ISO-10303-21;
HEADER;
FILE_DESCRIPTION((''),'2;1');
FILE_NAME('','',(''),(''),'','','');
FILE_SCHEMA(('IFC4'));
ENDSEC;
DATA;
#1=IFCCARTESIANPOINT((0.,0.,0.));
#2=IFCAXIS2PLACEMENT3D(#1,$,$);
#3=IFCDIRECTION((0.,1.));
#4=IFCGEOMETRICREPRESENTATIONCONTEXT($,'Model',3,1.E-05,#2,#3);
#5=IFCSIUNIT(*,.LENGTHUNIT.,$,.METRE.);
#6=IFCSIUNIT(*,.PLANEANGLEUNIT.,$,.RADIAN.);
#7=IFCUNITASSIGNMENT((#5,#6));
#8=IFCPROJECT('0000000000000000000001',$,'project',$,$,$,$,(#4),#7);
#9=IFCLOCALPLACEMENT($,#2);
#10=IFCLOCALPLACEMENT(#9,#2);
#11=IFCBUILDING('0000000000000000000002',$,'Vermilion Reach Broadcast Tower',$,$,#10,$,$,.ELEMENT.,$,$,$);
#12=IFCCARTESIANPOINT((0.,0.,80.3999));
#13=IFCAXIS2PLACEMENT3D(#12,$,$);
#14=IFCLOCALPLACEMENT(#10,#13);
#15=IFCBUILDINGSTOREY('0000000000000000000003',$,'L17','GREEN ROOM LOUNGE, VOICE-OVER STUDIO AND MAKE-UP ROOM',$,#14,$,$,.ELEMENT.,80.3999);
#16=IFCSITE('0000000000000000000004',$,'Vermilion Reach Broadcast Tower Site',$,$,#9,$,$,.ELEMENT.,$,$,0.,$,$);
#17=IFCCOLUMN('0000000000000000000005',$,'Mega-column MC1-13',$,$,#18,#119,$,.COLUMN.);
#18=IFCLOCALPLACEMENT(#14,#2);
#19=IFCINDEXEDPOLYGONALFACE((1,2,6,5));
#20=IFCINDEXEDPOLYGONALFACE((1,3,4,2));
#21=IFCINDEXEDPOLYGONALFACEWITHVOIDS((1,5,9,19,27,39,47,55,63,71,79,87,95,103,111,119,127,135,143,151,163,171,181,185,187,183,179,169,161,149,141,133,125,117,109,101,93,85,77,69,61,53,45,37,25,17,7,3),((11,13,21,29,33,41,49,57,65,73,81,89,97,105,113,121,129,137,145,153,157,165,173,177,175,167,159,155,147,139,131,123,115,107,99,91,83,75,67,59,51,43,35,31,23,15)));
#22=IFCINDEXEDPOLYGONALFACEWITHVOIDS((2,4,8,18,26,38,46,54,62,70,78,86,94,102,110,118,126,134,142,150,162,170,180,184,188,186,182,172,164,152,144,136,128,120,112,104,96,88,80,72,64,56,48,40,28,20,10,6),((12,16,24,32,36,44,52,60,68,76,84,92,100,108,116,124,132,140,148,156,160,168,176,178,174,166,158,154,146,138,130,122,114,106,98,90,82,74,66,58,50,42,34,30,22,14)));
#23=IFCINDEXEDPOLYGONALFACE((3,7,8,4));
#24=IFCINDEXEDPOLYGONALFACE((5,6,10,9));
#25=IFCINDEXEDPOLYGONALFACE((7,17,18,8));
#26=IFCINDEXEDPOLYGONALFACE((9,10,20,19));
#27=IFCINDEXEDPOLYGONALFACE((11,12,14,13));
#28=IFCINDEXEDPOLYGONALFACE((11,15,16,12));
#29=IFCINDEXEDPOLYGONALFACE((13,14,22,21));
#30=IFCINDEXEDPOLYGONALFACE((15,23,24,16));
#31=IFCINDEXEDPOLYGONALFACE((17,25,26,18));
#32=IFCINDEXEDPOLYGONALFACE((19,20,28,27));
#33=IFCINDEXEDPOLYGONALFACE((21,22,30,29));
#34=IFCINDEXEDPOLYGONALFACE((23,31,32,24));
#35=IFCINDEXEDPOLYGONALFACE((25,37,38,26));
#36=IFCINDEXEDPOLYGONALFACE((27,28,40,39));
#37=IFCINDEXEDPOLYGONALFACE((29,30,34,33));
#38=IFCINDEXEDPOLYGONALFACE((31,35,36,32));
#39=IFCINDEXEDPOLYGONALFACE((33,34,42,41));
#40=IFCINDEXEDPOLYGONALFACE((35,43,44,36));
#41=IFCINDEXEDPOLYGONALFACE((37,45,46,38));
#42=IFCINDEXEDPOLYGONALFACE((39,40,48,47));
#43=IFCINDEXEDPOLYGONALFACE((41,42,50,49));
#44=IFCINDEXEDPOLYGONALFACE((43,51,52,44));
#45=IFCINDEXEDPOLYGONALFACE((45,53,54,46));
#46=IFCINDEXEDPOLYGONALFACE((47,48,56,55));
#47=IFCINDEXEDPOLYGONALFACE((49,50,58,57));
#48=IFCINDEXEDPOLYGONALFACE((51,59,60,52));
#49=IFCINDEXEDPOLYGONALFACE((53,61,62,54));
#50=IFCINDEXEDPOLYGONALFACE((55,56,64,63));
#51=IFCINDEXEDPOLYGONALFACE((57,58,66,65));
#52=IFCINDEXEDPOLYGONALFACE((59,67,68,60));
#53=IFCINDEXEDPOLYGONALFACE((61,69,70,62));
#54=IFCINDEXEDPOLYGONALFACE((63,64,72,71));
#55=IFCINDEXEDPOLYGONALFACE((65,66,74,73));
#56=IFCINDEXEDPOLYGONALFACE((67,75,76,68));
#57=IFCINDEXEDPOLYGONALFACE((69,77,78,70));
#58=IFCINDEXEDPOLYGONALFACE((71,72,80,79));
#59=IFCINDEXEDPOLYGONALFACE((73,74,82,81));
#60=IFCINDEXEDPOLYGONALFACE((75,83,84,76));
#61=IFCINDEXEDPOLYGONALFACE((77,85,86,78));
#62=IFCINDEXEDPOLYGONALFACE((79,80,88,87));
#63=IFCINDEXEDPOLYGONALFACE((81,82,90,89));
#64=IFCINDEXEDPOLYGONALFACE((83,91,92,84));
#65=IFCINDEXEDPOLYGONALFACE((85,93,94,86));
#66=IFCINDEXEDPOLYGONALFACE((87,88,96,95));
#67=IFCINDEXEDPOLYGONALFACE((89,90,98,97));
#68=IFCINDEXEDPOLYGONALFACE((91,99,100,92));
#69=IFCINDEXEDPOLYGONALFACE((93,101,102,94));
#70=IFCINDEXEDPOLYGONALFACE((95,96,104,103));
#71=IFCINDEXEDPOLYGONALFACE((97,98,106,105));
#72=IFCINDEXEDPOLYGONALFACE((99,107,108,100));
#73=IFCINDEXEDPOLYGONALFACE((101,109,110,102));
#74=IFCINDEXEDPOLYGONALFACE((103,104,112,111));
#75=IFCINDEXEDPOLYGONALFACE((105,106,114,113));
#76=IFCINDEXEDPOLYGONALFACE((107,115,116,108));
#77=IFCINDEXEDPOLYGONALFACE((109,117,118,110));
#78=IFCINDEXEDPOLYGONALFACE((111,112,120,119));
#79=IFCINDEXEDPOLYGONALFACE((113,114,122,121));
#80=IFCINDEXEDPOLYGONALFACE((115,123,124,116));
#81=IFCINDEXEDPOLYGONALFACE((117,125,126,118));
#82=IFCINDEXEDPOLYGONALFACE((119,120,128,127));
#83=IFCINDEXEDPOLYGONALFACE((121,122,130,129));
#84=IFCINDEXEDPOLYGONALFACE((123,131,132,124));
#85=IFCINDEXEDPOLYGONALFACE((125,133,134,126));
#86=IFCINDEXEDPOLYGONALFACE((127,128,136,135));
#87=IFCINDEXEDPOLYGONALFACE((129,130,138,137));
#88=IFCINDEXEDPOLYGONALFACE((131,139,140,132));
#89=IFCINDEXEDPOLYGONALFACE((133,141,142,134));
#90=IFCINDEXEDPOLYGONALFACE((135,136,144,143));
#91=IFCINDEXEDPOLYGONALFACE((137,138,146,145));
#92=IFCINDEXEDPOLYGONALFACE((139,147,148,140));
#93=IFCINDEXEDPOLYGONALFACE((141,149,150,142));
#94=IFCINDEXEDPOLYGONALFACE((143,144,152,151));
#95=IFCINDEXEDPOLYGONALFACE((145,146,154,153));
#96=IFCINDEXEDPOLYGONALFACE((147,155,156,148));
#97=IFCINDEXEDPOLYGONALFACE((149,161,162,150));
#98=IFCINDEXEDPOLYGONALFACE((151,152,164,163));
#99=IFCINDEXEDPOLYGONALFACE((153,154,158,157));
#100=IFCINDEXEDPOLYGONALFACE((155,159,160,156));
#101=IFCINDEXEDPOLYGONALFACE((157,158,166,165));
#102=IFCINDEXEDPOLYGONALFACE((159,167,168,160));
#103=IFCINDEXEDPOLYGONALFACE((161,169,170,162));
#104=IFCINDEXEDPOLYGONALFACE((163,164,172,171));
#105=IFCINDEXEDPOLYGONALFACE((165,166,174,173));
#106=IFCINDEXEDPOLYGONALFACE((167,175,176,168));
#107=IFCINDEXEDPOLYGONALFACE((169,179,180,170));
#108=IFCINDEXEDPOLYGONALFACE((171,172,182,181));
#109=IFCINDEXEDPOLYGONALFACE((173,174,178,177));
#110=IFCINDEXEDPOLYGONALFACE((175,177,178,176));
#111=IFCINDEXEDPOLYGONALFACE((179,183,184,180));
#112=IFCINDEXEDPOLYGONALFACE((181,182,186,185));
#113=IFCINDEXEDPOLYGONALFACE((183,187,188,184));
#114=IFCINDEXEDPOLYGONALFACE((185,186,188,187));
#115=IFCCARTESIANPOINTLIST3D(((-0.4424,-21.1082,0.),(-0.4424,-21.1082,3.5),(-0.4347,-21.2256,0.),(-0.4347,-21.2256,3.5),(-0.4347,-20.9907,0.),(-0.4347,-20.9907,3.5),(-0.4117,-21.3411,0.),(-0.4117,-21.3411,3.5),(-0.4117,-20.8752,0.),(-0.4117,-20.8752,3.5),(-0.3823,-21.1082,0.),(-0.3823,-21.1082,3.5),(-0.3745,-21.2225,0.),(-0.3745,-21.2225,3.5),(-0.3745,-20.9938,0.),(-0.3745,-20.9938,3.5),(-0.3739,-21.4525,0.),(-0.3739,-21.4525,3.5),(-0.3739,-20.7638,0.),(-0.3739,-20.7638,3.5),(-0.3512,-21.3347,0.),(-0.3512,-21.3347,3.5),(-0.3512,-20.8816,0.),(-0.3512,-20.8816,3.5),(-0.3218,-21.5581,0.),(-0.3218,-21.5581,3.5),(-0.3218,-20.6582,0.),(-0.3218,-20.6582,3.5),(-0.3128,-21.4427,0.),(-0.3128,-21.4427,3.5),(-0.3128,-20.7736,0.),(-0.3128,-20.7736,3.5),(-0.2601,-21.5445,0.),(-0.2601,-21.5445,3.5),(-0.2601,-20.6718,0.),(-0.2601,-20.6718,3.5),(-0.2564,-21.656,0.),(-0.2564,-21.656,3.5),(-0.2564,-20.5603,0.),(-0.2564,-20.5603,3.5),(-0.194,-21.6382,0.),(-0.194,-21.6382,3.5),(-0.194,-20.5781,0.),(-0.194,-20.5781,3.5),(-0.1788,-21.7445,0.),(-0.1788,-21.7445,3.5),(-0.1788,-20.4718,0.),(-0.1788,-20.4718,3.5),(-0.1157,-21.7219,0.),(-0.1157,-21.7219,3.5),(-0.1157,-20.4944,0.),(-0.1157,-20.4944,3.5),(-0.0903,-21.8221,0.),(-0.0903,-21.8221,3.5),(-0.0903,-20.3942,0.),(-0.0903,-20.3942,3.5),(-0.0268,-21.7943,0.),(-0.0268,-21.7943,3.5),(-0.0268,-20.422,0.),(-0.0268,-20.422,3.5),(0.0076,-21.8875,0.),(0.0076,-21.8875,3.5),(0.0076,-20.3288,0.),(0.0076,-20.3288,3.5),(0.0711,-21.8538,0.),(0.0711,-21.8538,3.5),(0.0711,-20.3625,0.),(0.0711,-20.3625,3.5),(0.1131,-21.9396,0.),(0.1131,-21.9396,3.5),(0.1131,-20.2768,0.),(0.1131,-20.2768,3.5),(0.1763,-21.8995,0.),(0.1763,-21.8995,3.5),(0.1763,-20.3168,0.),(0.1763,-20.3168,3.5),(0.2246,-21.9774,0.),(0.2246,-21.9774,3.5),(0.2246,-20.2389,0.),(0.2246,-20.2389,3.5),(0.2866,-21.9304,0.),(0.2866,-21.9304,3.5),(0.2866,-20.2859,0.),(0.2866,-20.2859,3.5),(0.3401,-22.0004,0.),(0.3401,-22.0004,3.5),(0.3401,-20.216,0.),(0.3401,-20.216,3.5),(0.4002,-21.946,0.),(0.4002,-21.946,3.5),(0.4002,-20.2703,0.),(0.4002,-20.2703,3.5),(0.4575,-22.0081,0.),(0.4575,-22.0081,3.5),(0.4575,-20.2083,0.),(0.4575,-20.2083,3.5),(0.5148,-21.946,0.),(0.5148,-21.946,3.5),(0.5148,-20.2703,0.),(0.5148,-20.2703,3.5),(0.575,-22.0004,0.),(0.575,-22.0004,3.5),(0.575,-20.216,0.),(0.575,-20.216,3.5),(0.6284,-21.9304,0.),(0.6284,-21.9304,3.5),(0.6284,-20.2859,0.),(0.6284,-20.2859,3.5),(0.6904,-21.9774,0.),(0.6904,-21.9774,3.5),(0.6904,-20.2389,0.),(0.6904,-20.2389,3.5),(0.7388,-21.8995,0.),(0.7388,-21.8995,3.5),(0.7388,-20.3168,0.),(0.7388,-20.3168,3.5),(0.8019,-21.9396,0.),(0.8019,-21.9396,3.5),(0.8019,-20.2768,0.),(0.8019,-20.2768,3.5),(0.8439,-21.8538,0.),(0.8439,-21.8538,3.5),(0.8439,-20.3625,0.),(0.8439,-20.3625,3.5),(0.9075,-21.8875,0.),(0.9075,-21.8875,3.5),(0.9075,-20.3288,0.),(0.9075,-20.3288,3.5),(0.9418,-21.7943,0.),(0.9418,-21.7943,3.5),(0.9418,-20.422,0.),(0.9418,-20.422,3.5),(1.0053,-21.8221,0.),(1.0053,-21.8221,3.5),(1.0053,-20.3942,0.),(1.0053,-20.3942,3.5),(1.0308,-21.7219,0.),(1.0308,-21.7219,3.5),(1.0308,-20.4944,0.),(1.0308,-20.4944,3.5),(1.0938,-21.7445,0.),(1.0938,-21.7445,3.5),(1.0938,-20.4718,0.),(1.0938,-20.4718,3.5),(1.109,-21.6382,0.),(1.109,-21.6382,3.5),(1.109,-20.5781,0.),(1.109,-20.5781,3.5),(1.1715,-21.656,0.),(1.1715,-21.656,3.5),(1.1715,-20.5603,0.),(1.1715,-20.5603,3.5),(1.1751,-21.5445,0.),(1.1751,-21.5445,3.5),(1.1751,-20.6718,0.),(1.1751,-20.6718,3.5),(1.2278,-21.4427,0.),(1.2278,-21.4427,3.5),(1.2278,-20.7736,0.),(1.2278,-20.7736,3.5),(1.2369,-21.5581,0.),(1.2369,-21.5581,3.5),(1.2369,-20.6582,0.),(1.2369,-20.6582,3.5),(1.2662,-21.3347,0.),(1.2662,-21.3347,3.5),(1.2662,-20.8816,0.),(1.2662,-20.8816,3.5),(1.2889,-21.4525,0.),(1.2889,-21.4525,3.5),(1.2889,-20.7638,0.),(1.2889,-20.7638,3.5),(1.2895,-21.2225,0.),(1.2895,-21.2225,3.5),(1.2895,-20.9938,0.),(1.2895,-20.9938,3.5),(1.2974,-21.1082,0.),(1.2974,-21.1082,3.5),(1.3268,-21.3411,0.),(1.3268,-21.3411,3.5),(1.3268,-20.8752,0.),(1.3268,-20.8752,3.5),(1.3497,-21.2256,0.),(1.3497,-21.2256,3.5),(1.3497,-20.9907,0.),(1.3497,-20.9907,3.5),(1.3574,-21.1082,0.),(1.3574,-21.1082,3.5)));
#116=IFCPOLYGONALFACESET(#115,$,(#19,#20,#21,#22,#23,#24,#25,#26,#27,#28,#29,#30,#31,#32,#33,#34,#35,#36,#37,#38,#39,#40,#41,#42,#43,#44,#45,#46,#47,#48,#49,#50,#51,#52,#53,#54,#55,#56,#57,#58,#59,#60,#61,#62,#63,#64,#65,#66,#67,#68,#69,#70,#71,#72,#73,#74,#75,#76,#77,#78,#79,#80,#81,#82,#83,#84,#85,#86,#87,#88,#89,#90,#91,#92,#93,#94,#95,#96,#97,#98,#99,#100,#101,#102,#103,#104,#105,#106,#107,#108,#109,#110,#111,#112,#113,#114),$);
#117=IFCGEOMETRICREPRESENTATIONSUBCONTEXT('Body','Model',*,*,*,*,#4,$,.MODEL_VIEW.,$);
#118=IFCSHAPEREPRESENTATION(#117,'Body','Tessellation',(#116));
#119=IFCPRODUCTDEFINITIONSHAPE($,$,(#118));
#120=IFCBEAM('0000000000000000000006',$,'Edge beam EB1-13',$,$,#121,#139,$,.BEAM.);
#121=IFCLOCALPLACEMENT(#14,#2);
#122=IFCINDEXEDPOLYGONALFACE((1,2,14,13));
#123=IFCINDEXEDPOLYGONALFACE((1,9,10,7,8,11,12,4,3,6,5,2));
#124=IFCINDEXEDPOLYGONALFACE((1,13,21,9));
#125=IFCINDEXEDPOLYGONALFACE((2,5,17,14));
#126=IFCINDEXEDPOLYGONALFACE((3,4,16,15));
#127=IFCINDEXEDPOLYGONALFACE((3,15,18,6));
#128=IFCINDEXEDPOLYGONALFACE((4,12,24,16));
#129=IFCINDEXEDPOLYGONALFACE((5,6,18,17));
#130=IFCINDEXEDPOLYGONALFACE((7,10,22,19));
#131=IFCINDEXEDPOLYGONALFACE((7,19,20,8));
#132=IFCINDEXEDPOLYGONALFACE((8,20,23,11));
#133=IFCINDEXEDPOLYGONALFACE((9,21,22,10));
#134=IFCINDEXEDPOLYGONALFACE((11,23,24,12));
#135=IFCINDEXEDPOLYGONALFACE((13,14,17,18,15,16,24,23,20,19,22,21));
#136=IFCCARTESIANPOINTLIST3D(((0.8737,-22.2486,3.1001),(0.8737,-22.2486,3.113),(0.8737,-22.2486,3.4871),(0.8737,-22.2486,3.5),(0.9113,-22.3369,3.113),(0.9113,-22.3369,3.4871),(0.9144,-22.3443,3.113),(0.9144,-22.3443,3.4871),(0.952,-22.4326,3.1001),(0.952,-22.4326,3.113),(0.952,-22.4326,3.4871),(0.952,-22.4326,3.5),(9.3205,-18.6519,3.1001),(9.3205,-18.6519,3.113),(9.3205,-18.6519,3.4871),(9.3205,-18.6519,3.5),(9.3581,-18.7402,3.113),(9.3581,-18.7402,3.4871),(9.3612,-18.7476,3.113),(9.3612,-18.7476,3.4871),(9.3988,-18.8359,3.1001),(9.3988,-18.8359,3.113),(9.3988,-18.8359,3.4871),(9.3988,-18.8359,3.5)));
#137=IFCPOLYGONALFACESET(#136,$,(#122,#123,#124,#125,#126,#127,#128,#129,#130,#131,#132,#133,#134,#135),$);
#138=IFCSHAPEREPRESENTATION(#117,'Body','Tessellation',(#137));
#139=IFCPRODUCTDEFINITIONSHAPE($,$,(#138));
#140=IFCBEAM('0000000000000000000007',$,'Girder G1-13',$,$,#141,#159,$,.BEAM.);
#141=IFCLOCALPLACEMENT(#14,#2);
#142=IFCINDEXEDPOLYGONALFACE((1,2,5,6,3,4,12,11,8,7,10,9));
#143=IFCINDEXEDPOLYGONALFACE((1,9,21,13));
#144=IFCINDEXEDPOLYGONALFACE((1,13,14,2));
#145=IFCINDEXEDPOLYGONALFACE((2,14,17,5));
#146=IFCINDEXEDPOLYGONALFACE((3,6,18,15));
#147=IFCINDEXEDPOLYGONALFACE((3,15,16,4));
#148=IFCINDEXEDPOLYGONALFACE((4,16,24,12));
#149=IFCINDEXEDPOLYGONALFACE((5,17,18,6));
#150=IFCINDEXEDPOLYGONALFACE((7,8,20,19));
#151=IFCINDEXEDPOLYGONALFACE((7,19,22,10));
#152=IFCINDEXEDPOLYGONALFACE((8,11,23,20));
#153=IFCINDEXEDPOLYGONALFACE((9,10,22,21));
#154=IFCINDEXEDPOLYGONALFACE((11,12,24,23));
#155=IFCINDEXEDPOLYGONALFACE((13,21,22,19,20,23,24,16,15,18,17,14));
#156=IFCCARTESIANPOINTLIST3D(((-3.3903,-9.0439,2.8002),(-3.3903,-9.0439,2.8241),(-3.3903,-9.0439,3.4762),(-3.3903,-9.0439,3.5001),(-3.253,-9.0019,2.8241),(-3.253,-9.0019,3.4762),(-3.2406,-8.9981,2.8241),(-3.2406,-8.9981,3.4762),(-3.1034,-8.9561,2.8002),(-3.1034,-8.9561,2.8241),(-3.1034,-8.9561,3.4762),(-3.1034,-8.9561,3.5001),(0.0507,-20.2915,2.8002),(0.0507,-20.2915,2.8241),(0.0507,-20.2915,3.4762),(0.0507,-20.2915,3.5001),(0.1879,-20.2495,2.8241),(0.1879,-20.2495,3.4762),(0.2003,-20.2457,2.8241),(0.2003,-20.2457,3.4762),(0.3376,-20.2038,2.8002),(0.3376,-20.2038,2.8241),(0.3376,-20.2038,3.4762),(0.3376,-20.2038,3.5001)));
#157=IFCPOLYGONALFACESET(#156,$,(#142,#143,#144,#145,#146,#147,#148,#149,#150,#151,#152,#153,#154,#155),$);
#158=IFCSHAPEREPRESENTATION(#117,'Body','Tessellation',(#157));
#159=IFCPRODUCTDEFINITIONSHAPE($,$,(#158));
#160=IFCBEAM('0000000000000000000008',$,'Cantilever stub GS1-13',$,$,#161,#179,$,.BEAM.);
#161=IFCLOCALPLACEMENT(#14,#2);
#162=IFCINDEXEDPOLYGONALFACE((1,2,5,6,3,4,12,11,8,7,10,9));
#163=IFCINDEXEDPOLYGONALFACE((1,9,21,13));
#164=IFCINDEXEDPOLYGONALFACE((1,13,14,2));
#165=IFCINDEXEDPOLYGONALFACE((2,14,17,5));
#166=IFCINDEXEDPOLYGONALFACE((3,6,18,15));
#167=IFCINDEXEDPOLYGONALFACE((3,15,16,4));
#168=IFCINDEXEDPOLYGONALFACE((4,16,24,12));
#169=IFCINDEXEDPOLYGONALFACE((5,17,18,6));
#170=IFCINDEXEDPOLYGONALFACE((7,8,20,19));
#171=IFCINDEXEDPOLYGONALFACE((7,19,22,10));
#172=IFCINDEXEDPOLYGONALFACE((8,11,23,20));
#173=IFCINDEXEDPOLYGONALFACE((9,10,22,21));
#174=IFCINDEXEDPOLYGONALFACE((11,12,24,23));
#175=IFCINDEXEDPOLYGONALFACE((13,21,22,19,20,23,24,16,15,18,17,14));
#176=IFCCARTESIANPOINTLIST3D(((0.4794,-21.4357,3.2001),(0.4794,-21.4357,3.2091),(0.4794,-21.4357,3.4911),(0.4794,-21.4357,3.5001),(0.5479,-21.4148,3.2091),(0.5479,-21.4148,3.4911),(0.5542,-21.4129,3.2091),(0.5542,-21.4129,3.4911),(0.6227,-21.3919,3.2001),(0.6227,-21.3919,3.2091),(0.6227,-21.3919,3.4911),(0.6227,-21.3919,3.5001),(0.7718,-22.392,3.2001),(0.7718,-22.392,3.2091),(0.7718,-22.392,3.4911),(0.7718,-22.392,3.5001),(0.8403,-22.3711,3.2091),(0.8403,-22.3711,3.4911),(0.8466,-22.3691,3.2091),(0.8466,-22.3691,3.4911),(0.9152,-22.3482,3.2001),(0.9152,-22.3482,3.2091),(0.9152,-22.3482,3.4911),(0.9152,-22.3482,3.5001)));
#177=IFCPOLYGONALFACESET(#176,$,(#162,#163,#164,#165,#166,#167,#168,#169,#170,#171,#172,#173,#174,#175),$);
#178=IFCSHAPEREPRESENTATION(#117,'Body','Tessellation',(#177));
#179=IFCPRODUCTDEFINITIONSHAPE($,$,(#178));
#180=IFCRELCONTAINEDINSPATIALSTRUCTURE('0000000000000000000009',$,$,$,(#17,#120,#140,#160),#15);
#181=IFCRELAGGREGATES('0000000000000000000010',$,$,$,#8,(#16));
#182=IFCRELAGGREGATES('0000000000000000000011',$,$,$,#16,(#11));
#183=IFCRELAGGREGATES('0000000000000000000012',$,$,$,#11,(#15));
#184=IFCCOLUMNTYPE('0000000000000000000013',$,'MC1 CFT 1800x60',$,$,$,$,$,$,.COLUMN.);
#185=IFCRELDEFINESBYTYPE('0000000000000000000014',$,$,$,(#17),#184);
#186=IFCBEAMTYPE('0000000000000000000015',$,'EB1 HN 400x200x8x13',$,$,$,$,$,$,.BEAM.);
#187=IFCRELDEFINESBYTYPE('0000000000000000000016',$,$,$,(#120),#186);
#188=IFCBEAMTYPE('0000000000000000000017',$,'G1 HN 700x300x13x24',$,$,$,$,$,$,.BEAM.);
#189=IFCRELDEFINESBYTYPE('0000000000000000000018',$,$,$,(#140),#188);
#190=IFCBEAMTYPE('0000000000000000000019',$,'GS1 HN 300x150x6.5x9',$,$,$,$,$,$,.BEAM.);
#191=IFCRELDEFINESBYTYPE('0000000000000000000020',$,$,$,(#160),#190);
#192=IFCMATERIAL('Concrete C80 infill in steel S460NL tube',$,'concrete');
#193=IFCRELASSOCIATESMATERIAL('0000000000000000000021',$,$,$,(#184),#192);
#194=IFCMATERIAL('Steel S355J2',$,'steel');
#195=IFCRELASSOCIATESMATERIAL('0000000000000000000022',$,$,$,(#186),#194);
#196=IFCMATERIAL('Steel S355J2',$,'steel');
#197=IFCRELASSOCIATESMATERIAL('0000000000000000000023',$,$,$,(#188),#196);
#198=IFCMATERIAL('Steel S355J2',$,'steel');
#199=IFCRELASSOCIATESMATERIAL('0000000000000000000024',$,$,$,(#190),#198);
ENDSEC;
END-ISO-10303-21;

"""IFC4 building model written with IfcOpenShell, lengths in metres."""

from ifc_helpers import new_model, si_unit, direction, frame, origin, origin_2d, place, context, subcontext, project, spatial, hollow_circle, i_section, extrude, material, material_profile, profile_set, type_object, element, save


model = new_model("IFC4")

# Units and contexts
model_context = context("Model", 3, precision=1e-05, world=origin(), true_north=direction((0.0, 1.0)))
body_context = subcontext(model_context, "Body", "Model", "MODEL_VIEW")
ifc_project = project(units=[si_unit("LENGTHUNIT", "METRE"), si_unit("PLANEANGLEUNIT", "RADIAN")], contexts=[model_context])

# Site, building, storey
site_placement = place(None, origin())
site = spatial("IfcSite", under=ifc_project, at=site_placement, Name="Vermilion Reach Broadcast Tower Site", CompositionType="ELEMENT", RefElevation=0.0)
building_placement = place(site_placement, origin())
building = spatial("IfcBuilding", under=site, at=building_placement, Name="Vermilion Reach Broadcast Tower", CompositionType="ELEMENT")
storey_placement = place(building_placement, frame((0.0, 0.0, 80.3999)))
storey = spatial("IfcBuildingStorey", under=building, at=storey_placement, Name="L17", Description="GREEN ROOM LOUNGE, VOICE-OVER STUDIO AND MAKE-UP ROOM", CompositionType="ELEMENT", Elevation=80.3999)

# Column
ifc_material_1 = material(Name="Concrete C80 infill in steel S460NL tube", Category="concrete")
ifc_material_profile_1 = material_profile(ifc_material_1, hollow_circle(Radius=0.8999, WallThickness=0.0601, at=origin_2d()), Name="Concrete C80 infill in steel S460NL tube CFT 1800x60")
ifc_profile_set_1 = profile_set([ifc_material_profile_1], Name="Concrete C80 infill in steel S460NL tube")
column_type = type_object("IfcColumnType", Name="MC1 CFT 1800x60", PredefinedType="COLUMN", material=ifc_profile_set_1)
column_placement = place(storey_placement, frame((0.4575, -21.1082, 0.0), z_axis=(0.0, 0.0, 1.0), x_axis=(1.0, 0.0, 0.0)))
element("IfcColumn", 1, at=column_placement, inside=storey, type_object=column_type, Name="Mega-column MC1-13", PredefinedType="COLUMN", context=body_context, shape_type="SweptSolid", body=[
    extrude(hollow_circle(Radius=0.8999, WallThickness=0.0601, at=origin_2d()), origin(), (0.0, 0.0, 1.0), 3.5),
])

# Beams
ifc_material_2 = material(Name="Steel S355J2", Category="steel")
ifc_material_profile_2 = material_profile(ifc_material_2, i_section(OverallWidth=0.2, OverallDepth=0.3999, WebThickness=0.0081, FlangeThickness=0.0129, at=origin_2d()), Name="S355J2 HN 400x200x8x13")
ifc_profile_set_2 = profile_set([ifc_material_profile_2], Name="Steel S355J2")
beam_type_1 = type_object("IfcBeamType", Name="EB1 HN 400x200x8x13", PredefinedType="BEAM", material=ifc_profile_set_2)
beam_1_placement = place(storey_placement, frame((0.9128, -22.3406, 3.3), z_axis=(0.920064, 0.391768, 0.0), x_axis=(-0.391768, 0.920064, 0.0)))
element("IfcBeam", 2, at=beam_1_placement, inside=storey, type_object=beam_type_1, Name="Edge beam EB1-13", PredefinedType="BEAM", context=body_context, shape_type="SweptSolid", body=[
    extrude(i_section(OverallWidth=0.2, OverallDepth=0.3999, WebThickness=0.0081, FlangeThickness=0.0129, at=origin_2d()), origin(), (0.0, 0.0, 1.0), 9.1807),
])
ifc_material_3 = material(Name="Steel S355J2", Category="steel")
ifc_material_profile_3 = material_profile(ifc_material_3, i_section(OverallWidth=0.3, OverallDepth=0.7, WebThickness=0.0129, FlangeThickness=0.0239, at=origin_2d()), Name="S355J2 HN 700x300x13x24")
ifc_profile_set_3 = profile_set([ifc_material_profile_3], Name="Steel S355J2")
beam_type_2 = type_object("IfcBeamType", Name="G1 HN 700x300x13x24", PredefinedType="BEAM", material=ifc_profile_set_3)
beam_2_placement = place(storey_placement, frame((-3.2468, -9.0, 3.1501), z_axis=(0.292542, -0.956253, 0.0), x_axis=(0.956253, 0.292542, 0.0)))
element("IfcBeam", 3, at=beam_2_placement, inside=storey, type_object=beam_type_2, Name="Girder G1-13", PredefinedType="BEAM", context=body_context, shape_type="SweptSolid", body=[
    extrude(i_section(OverallWidth=0.3, OverallDepth=0.7, WebThickness=0.0129, FlangeThickness=0.0239, at=origin_2d()), origin(), (0.0, 0.0, 1.0), 11.7622),
])
ifc_material_4 = material(Name="Steel S355J2", Category="steel")
ifc_material_profile_4 = material_profile(ifc_material_4, i_section(OverallWidth=0.1499, OverallDepth=0.3, WebThickness=0.0066, FlangeThickness=0.009, at=origin_2d()), Name="S355J2 HN 300x150x6.5x9")
ifc_profile_set_4 = profile_set([ifc_material_profile_4], Name="Steel S355J2")
beam_type_3 = type_object("IfcBeamType", Name="GS1 HN 300x150x6.5x9", PredefinedType="BEAM", material=ifc_profile_set_4)
beam_3_placement = place(storey_placement, frame((0.551, -21.4138, 3.3501), z_axis=(0.292473, -0.956274, 0.0), x_axis=(0.956274, 0.292473, 0.0)))
element("IfcBeam", 4, at=beam_3_placement, inside=storey, type_object=beam_type_3, Name="Cantilever stub GS1-13", PredefinedType="BEAM", context=body_context, shape_type="SweptSolid", body=[
    extrude(i_section(OverallWidth=0.1499, OverallDepth=0.3, WebThickness=0.0066, FlangeThickness=0.009, at=origin_2d()), origin(), (0.0, 0.0, 1.0), 1.0),
])

save(model, "model.ifc")
